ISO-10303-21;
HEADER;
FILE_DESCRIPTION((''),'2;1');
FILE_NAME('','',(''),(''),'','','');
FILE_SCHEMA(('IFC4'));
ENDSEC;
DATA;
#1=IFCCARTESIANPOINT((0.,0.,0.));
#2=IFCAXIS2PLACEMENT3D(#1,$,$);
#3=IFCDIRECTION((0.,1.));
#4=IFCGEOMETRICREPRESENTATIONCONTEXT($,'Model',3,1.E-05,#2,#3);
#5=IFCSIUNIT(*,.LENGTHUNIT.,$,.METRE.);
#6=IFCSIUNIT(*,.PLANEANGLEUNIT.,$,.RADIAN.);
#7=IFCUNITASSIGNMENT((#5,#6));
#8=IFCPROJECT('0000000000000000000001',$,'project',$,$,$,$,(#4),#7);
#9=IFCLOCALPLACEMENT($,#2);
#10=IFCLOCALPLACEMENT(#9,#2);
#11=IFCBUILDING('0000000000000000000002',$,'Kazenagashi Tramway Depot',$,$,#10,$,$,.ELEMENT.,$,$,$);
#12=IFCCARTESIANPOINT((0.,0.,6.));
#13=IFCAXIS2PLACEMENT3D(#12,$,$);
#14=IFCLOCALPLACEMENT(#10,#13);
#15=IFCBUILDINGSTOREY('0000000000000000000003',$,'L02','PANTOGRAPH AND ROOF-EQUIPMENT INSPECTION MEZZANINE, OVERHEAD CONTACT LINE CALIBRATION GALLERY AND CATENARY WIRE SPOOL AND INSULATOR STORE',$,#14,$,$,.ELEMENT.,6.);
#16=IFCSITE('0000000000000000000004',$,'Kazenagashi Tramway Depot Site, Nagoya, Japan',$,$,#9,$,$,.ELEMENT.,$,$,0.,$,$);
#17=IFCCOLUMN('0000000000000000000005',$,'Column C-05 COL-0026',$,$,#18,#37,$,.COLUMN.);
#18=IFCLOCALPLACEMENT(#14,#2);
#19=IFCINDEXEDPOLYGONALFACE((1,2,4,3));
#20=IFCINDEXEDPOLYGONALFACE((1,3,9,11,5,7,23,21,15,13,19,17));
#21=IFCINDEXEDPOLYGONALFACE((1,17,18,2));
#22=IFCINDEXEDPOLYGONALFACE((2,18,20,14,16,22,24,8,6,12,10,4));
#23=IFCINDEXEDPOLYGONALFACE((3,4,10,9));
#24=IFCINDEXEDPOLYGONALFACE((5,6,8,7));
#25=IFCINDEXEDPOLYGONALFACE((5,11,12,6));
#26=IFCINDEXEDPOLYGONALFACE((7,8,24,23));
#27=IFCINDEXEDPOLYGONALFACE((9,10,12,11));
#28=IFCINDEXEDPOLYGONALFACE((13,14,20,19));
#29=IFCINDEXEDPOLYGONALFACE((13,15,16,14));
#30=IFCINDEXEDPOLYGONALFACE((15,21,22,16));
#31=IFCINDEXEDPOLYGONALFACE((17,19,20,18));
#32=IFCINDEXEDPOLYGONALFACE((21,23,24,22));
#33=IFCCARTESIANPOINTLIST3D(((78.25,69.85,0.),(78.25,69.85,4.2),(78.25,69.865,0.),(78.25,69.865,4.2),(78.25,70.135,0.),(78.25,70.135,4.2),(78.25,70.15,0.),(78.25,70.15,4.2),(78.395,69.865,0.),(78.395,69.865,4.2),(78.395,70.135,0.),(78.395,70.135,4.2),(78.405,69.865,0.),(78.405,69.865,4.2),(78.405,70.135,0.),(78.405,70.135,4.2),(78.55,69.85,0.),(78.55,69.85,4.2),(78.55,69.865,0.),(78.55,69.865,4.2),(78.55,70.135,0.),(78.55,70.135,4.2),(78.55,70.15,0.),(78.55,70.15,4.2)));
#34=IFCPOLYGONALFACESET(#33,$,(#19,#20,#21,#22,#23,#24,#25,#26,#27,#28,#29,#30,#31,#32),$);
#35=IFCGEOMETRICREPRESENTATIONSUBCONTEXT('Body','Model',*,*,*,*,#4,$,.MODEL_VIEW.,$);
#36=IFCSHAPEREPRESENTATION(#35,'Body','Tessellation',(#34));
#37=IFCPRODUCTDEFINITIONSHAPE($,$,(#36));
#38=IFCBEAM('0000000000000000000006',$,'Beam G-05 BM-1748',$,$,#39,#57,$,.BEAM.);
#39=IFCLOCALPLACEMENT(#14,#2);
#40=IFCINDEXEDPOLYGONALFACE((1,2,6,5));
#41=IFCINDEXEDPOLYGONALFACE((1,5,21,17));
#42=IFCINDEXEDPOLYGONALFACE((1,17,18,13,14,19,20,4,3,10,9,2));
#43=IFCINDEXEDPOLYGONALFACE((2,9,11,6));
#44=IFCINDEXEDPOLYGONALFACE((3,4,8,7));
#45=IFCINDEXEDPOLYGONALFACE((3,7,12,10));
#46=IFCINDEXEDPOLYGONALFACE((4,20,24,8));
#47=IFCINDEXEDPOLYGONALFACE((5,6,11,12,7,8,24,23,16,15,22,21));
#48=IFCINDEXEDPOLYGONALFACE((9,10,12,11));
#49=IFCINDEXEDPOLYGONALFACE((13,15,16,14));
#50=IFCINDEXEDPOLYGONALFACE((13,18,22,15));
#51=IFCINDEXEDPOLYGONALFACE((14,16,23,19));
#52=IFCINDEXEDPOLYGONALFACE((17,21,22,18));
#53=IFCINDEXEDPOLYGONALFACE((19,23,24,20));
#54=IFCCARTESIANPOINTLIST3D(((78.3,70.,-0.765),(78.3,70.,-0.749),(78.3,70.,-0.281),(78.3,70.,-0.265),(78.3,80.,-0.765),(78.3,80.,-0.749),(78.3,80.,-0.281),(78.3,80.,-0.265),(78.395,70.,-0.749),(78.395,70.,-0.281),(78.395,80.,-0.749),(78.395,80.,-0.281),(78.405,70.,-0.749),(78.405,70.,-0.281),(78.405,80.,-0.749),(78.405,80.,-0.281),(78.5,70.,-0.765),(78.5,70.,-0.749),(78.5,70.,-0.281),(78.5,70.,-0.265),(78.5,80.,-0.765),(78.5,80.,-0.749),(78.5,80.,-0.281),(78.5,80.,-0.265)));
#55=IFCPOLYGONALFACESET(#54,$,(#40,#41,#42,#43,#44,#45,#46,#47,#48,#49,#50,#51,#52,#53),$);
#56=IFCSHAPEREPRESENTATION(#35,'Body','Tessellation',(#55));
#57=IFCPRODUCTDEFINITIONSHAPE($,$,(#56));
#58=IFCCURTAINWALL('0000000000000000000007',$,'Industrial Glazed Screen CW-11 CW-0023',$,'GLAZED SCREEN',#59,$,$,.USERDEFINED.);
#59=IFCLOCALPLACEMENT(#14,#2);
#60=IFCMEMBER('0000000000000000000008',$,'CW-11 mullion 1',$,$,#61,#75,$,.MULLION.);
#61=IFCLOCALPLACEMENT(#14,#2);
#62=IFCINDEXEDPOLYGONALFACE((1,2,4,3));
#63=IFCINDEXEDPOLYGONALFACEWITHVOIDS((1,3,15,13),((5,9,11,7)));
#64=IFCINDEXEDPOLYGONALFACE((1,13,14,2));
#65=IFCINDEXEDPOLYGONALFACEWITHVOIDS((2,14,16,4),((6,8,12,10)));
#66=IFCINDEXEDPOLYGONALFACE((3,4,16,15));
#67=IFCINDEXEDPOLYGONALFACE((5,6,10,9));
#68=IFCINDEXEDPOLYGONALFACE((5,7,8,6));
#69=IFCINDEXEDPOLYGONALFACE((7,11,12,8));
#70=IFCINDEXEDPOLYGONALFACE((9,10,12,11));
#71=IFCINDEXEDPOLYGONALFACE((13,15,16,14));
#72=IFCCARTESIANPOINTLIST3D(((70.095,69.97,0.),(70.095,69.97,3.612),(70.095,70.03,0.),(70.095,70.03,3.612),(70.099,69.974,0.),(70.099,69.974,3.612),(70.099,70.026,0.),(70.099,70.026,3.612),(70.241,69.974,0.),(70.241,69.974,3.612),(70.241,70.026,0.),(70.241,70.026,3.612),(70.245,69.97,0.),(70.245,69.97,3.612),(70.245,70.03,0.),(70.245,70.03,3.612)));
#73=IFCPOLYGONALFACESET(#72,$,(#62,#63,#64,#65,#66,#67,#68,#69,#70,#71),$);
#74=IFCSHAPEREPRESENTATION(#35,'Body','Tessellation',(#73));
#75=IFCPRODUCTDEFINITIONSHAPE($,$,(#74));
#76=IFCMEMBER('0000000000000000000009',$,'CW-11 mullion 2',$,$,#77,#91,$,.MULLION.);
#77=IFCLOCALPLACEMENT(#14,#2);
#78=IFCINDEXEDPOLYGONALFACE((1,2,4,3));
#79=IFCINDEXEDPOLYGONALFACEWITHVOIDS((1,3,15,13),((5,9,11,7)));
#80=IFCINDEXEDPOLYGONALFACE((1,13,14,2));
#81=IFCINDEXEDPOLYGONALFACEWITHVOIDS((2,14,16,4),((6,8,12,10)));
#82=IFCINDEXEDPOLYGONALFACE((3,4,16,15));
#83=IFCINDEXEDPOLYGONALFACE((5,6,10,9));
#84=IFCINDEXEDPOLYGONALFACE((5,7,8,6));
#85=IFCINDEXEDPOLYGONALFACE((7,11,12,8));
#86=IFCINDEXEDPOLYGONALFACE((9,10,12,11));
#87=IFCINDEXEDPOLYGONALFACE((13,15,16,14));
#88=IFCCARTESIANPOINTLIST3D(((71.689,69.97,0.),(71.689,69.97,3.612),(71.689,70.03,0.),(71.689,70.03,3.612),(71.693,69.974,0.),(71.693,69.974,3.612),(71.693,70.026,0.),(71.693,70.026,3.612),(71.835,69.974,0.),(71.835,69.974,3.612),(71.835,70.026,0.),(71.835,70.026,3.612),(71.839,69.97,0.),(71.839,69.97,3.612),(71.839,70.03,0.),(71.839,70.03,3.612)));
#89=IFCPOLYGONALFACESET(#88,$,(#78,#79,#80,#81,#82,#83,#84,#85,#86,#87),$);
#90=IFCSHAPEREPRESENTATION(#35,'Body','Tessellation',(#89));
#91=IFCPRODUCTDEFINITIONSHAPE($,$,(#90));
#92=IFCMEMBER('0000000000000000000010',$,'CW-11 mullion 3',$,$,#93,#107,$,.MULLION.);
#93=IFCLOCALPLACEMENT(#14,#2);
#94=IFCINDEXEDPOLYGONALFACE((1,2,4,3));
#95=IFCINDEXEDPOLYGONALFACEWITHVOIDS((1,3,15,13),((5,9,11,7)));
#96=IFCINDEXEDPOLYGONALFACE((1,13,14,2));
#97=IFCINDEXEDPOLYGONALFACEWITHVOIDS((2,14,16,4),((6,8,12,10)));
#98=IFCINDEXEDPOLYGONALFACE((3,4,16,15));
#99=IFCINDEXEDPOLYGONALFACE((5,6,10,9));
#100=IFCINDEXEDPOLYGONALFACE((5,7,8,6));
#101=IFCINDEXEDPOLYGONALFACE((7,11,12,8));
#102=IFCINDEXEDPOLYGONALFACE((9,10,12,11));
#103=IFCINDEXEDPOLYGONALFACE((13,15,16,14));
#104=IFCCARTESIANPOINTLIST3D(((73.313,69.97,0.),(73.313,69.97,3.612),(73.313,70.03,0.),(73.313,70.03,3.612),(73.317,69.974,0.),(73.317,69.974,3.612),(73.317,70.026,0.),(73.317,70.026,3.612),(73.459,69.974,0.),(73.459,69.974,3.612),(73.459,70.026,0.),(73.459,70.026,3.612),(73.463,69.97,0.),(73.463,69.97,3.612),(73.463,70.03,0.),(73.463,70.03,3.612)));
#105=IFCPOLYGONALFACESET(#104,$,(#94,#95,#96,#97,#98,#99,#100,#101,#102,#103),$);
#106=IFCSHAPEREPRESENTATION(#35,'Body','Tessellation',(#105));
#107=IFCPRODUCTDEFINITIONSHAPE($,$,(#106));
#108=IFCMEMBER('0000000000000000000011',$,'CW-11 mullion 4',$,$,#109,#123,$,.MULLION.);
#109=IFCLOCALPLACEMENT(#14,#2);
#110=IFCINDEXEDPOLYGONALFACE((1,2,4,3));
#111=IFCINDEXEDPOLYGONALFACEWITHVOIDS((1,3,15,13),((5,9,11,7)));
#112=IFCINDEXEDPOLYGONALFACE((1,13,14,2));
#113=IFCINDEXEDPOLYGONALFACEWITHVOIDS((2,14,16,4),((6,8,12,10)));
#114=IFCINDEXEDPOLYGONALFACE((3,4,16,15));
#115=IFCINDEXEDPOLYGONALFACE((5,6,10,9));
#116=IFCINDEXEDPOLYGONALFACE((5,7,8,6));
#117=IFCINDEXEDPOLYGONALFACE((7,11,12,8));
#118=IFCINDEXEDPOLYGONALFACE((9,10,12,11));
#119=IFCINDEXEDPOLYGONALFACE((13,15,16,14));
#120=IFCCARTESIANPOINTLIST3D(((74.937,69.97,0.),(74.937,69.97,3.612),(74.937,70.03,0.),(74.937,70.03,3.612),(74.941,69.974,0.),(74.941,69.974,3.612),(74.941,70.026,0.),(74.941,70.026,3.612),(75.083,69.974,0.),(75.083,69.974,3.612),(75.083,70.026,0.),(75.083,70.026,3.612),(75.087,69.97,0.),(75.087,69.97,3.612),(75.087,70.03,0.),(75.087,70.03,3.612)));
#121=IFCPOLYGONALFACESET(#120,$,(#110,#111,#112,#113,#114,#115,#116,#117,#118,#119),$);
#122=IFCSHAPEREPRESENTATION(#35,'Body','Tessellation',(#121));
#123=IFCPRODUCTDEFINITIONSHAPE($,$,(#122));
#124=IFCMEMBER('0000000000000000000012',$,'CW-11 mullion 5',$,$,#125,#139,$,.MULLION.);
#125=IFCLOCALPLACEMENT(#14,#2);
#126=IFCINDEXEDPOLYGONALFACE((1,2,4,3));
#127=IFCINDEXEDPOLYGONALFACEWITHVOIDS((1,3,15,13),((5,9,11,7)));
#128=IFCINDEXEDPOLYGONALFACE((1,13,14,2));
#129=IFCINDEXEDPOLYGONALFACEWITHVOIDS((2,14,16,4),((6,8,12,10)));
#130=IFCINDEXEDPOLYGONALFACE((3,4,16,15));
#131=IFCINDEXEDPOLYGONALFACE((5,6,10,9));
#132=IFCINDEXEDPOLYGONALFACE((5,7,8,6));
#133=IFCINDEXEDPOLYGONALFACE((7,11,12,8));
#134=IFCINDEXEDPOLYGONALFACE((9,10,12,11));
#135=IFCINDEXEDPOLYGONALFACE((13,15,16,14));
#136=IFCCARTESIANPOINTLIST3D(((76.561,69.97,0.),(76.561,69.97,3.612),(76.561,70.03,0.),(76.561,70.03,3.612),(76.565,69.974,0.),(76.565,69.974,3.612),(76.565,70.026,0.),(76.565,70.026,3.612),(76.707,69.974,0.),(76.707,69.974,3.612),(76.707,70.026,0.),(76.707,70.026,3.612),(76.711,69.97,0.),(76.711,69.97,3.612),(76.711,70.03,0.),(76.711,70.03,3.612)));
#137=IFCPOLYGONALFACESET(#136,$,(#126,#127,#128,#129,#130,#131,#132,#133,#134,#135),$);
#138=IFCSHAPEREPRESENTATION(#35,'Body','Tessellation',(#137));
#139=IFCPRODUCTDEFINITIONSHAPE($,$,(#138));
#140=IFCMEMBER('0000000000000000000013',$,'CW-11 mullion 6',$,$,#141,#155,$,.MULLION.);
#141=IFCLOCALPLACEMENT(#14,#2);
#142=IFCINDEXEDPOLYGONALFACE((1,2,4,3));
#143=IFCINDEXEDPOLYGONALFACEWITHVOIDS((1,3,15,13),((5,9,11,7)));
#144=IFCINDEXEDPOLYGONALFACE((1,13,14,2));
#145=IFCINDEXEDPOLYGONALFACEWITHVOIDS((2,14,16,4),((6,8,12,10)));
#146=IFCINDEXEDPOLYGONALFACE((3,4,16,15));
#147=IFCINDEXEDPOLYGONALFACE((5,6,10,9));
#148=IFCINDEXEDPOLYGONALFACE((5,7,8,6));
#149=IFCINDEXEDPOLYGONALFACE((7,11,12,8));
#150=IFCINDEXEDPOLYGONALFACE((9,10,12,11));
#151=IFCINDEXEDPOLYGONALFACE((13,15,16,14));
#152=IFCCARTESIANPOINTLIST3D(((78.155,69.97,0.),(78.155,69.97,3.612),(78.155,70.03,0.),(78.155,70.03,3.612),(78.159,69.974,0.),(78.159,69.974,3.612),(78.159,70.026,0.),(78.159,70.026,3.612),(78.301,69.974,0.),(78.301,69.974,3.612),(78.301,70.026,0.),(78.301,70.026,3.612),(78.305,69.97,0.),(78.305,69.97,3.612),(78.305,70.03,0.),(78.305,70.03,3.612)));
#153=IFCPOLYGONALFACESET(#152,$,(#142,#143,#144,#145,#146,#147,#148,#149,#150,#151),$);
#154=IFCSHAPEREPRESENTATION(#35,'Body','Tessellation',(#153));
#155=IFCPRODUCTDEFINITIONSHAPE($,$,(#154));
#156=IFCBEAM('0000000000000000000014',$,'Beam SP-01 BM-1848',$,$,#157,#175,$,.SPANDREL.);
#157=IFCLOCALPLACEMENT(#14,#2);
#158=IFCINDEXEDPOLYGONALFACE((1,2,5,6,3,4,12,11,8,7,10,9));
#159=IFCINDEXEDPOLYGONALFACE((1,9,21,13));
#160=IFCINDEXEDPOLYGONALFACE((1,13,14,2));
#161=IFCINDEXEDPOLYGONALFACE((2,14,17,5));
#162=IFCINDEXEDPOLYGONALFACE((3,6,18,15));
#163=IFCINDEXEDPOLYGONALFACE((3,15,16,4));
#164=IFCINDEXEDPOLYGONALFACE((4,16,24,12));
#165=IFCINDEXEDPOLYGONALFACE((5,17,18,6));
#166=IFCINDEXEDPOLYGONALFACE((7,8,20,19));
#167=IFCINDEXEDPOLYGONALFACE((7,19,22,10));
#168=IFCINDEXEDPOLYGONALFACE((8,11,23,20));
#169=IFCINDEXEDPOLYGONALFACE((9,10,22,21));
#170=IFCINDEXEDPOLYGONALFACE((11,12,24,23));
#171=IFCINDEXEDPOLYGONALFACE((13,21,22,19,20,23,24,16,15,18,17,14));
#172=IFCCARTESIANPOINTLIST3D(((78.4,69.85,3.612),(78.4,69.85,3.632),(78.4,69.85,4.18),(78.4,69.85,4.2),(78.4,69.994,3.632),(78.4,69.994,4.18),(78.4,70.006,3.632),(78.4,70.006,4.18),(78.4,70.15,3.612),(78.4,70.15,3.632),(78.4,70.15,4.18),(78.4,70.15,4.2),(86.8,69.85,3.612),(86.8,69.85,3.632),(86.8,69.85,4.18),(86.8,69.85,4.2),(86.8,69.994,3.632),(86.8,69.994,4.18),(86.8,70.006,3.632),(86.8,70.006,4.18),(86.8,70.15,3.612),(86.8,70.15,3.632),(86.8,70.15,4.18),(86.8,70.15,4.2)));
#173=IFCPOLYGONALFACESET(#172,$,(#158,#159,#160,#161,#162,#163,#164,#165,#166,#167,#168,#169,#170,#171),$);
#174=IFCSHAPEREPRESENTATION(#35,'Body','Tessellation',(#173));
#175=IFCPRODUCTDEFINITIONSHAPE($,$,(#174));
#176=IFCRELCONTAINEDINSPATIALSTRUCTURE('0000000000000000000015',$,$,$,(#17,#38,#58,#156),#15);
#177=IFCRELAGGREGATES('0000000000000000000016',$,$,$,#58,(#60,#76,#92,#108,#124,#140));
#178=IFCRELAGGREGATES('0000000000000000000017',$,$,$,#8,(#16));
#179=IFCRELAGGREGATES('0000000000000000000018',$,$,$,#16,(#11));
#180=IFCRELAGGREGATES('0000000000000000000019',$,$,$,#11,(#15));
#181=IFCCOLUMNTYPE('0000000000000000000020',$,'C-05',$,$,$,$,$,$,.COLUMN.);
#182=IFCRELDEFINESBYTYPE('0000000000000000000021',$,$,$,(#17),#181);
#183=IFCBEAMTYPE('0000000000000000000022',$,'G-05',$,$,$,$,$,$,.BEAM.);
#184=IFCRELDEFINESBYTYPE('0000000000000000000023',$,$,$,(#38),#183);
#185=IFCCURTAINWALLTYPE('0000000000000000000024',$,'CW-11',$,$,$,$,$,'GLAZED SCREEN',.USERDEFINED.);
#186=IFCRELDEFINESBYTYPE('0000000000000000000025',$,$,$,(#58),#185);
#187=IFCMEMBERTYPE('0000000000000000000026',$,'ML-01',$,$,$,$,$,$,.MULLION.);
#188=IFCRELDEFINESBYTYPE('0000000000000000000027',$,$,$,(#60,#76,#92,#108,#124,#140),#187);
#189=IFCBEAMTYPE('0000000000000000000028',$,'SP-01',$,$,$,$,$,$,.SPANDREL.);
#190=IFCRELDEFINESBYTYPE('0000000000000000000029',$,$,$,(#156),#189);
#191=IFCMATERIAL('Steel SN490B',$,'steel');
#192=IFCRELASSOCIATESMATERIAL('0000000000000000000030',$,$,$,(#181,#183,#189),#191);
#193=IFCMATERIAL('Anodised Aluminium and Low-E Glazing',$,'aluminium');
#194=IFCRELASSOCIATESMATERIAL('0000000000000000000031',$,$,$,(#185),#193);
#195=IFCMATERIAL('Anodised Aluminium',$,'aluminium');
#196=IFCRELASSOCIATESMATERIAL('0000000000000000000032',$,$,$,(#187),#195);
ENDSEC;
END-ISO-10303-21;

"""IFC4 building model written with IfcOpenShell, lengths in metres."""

from ifc_helpers import new_model, si_unit, direction, frame, origin, origin_2d, place, context, subcontext, project, spatial, hollow_rectangle, i_section, extrude, material, material_profile, profile_set, type_object, element, aggregate, save


model = new_model("IFC4")

# Units and contexts
model_context = context("Model", 3, precision=1e-05, world=origin(), true_north=direction((0.0, 1.0)))
body_context = subcontext(model_context, "Body", "Model", "MODEL_VIEW")
ifc_project = project(units=[si_unit("LENGTHUNIT", "METRE"), si_unit("PLANEANGLEUNIT", "RADIAN")], contexts=[model_context])

# Site, building, storey
site_placement = place(None, origin())
site = spatial("IfcSite", under=ifc_project, at=site_placement, Name="Kazenagashi Tramway Depot Site, Nagoya, Japan", CompositionType="ELEMENT", RefElevation=0.0)
building_placement = place(site_placement, origin())
building = spatial("IfcBuilding", under=site, at=building_placement, Name="Kazenagashi Tramway Depot", CompositionType="ELEMENT")
storey_placement = place(building_placement, frame((0.0, 0.0, 6.0)))
storey = spatial("IfcBuildingStorey", under=building, at=storey_placement, Name="L02", Description="PANTOGRAPH AND ROOF-EQUIPMENT INSPECTION MEZZANINE, OVERHEAD CONTACT LINE CALIBRATION GALLERY AND CATENARY WIRE SPOOL AND INSULATOR STORE", CompositionType="ELEMENT", Elevation=6.0)

# Column
ifc_material_1 = material(Name="Steel SN490B", Category="steel")
ifc_material_profile_1 = material_profile(ifc_material_1, i_section(OverallWidth=0.3, OverallDepth=0.3, WebThickness=0.01, FlangeThickness=0.015, at=origin_2d()), Name="H-300x300x10x15")
ifc_profile_set_1 = profile_set([ifc_material_profile_1], Name="Steel SN490B")
column_type = type_object("IfcColumnType", Name="C-05", PredefinedType="COLUMN", material=ifc_profile_set_1)
column_placement = place(storey_placement, frame((78.4, 70.0, 0.0), z_axis=(0.0, 0.0, 1.0), x_axis=(1.0, 0.0, 0.0)))
element("IfcColumn", 1, at=column_placement, inside=storey, type_object=column_type, Name="Column C-05 COL-0026", PredefinedType="COLUMN", context=body_context, shape_type="SweptSolid", body=[
    extrude(i_section(OverallWidth=0.3, OverallDepth=0.3, WebThickness=0.01, FlangeThickness=0.015, at=origin_2d()), origin(), (0.0, 0.0, 1.0), 4.2),
])

# Beam
ifc_material_profile_2 = material_profile(ifc_material_1, i_section(OverallWidth=0.2, OverallDepth=0.5, WebThickness=0.01, FlangeThickness=0.016, at=origin_2d()), Name="H-500x200x10x16")
ifc_profile_set_2 = profile_set([ifc_material_profile_2], Name="Steel SN490B")
beam_type_1 = type_object("IfcBeamType", Name="G-05", PredefinedType="BEAM", material=ifc_profile_set_2)
beam_1_placement = place(storey_placement, frame((78.4, 70.0, -0.515), z_axis=(0.0, 1.0, 0.0), x_axis=(-1.0, 0.0, 0.0)))
element("IfcBeam", 2, at=beam_1_placement, inside=storey, type_object=beam_type_1, Name="Beam G-05 BM-1748", PredefinedType="BEAM", context=body_context, shape_type="SweptSolid", body=[
    extrude(i_section(OverallWidth=0.2, OverallDepth=0.5, WebThickness=0.01, FlangeThickness=0.016, at=origin_2d()), origin(), (0.0, 0.0, 1.0), 10.0),
])

# Curtain wall, members
ifc_material_2 = material(Name="Anodised Aluminium and Low-E Glazing", Category="aluminium")
curtain_wall_type = type_object("IfcCurtainWallType", Name="CW-11", ElementType="GLAZED SCREEN", PredefinedType="USERDEFINED", material=ifc_material_2)
curtain_wall_placement = place(storey_placement, origin())
curtain_wall = element("IfcCurtainWall", 3, at=curtain_wall_placement, inside=storey, type_object=curtain_wall_type, Name="Industrial Glazed Screen CW-11 CW-0023", ObjectType="GLAZED SCREEN", PredefinedType="USERDEFINED")
ifc_material_3 = material(Name="Anodised Aluminium", Category="aluminium")
ifc_material_profile_3 = material_profile(ifc_material_3, hollow_rectangle(XDim=0.06, YDim=0.15, WallThickness=0.004, at=origin_2d()), Name="RHS-150x60x4")
ifc_profile_set_3 = profile_set([ifc_material_profile_3], Name="Anodised Aluminium")
member_type_1 = type_object("IfcMemberType", Name="ML-01", PredefinedType="MULLION", material=ifc_profile_set_3)
member_1_placement = place(storey_placement, frame((70.17, 70.0, 0.0), z_axis=(0.0, 0.0, 1.0), x_axis=(0.0, 1.0, 0.0)))
member_1 = element("IfcMember", 4, at=member_1_placement, type_object=member_type_1, Name="CW-11 mullion 1", PredefinedType="MULLION", context=body_context, shape_type="SweptSolid", body=[
    extrude(hollow_rectangle(XDim=0.06, YDim=0.15, WallThickness=0.004, at=origin_2d()), origin(), (0.0, 0.0, 1.0), 3.612),
])
member_2_placement = place(storey_placement, frame((71.764, 70.0, 0.0), z_axis=(0.0, 0.0, 1.0), x_axis=(0.0, 1.0, 0.0)))
member_2 = element("IfcMember", 5, at=member_2_placement, type_object=member_type_1, Name="CW-11 mullion 2", PredefinedType="MULLION", context=body_context, shape_type="SweptSolid", body=[
    extrude(hollow_rectangle(XDim=0.06, YDim=0.15, WallThickness=0.004, at=origin_2d()), origin(), (0.0, 0.0, 1.0), 3.612),
])
member_3_placement = place(storey_placement, frame((73.388, 70.0, 0.0), z_axis=(0.0, 0.0, 1.0), x_axis=(0.0, 1.0, 0.0)))
member_3 = element("IfcMember", 6, at=member_3_placement, type_object=member_type_1, Name="CW-11 mullion 3", PredefinedType="MULLION", context=body_context, shape_type="SweptSolid", body=[
    extrude(hollow_rectangle(XDim=0.06, YDim=0.15, WallThickness=0.004, at=origin_2d()), origin(), (0.0, 0.0, 1.0), 3.612),
])
member_4_placement = place(storey_placement, frame((75.012, 70.0, 0.0), z_axis=(0.0, 0.0, 1.0), x_axis=(0.0, 1.0, 0.0)))
member_4 = element("IfcMember", 7, at=member_4_placement, type_object=member_type_1, Name="CW-11 mullion 4", PredefinedType="MULLION", context=body_context, shape_type="SweptSolid", body=[
    extrude(hollow_rectangle(XDim=0.06, YDim=0.15, WallThickness=0.004, at=origin_2d()), origin(), (0.0, 0.0, 1.0), 3.612),
])
member_5_placement = place(storey_placement, frame((76.636, 70.0, 0.0), z_axis=(0.0, 0.0, 1.0), x_axis=(0.0, 1.0, 0.0)))
member_5 = element("IfcMember", 8, at=member_5_placement, type_object=member_type_1, Name="CW-11 mullion 5", PredefinedType="MULLION", context=body_context, shape_type="SweptSolid", body=[
    extrude(hollow_rectangle(XDim=0.06, YDim=0.15, WallThickness=0.004, at=origin_2d()), origin(), (0.0, 0.0, 1.0), 3.612),
])
member_6_placement = place(storey_placement, frame((78.23, 70.0, 0.0), z_axis=(0.0, 0.0, 1.0), x_axis=(0.0, 1.0, 0.0)))
member_6 = element("IfcMember", 9, at=member_6_placement, type_object=member_type_1, Name="CW-11 mullion 6", PredefinedType="MULLION", context=body_context, shape_type="SweptSolid", body=[
    extrude(hollow_rectangle(XDim=0.06, YDim=0.15, WallThickness=0.004, at=origin_2d()), origin(), (0.0, 0.0, 1.0), 3.612),
])

# Beam
ifc_material_profile_4 = material_profile(ifc_material_1, i_section(OverallWidth=0.3, OverallDepth=0.588, WebThickness=0.012, FlangeThickness=0.02, at=origin_2d()), Name="H-588x300x12x20")
ifc_profile_set_4 = profile_set([ifc_material_profile_4], Name="Steel SN490B")
beam_type_2 = type_object("IfcBeamType", Name="SP-01", PredefinedType="SPANDREL", material=ifc_profile_set_4)
beam_2_placement = place(storey_placement, frame((78.4, 70.0, 3.906), z_axis=(1.0, 0.0, 0.0), x_axis=(0.0, 1.0, 0.0)))
element("IfcBeam", 10, at=beam_2_placement, inside=storey, type_object=beam_type_2, Name="Beam SP-01 BM-1848", PredefinedType="SPANDREL", context=body_context, shape_type="SweptSolid", body=[
    extrude(i_section(OverallWidth=0.3, OverallDepth=0.588, WebThickness=0.012, FlangeThickness=0.02, at=origin_2d()), origin(), (0.0, 0.0, 1.0), 8.4),
])

aggregate(curtain_wall, [member_1, member_2, member_3, member_4, member_5, member_6])

save(model, "model.ifc")
